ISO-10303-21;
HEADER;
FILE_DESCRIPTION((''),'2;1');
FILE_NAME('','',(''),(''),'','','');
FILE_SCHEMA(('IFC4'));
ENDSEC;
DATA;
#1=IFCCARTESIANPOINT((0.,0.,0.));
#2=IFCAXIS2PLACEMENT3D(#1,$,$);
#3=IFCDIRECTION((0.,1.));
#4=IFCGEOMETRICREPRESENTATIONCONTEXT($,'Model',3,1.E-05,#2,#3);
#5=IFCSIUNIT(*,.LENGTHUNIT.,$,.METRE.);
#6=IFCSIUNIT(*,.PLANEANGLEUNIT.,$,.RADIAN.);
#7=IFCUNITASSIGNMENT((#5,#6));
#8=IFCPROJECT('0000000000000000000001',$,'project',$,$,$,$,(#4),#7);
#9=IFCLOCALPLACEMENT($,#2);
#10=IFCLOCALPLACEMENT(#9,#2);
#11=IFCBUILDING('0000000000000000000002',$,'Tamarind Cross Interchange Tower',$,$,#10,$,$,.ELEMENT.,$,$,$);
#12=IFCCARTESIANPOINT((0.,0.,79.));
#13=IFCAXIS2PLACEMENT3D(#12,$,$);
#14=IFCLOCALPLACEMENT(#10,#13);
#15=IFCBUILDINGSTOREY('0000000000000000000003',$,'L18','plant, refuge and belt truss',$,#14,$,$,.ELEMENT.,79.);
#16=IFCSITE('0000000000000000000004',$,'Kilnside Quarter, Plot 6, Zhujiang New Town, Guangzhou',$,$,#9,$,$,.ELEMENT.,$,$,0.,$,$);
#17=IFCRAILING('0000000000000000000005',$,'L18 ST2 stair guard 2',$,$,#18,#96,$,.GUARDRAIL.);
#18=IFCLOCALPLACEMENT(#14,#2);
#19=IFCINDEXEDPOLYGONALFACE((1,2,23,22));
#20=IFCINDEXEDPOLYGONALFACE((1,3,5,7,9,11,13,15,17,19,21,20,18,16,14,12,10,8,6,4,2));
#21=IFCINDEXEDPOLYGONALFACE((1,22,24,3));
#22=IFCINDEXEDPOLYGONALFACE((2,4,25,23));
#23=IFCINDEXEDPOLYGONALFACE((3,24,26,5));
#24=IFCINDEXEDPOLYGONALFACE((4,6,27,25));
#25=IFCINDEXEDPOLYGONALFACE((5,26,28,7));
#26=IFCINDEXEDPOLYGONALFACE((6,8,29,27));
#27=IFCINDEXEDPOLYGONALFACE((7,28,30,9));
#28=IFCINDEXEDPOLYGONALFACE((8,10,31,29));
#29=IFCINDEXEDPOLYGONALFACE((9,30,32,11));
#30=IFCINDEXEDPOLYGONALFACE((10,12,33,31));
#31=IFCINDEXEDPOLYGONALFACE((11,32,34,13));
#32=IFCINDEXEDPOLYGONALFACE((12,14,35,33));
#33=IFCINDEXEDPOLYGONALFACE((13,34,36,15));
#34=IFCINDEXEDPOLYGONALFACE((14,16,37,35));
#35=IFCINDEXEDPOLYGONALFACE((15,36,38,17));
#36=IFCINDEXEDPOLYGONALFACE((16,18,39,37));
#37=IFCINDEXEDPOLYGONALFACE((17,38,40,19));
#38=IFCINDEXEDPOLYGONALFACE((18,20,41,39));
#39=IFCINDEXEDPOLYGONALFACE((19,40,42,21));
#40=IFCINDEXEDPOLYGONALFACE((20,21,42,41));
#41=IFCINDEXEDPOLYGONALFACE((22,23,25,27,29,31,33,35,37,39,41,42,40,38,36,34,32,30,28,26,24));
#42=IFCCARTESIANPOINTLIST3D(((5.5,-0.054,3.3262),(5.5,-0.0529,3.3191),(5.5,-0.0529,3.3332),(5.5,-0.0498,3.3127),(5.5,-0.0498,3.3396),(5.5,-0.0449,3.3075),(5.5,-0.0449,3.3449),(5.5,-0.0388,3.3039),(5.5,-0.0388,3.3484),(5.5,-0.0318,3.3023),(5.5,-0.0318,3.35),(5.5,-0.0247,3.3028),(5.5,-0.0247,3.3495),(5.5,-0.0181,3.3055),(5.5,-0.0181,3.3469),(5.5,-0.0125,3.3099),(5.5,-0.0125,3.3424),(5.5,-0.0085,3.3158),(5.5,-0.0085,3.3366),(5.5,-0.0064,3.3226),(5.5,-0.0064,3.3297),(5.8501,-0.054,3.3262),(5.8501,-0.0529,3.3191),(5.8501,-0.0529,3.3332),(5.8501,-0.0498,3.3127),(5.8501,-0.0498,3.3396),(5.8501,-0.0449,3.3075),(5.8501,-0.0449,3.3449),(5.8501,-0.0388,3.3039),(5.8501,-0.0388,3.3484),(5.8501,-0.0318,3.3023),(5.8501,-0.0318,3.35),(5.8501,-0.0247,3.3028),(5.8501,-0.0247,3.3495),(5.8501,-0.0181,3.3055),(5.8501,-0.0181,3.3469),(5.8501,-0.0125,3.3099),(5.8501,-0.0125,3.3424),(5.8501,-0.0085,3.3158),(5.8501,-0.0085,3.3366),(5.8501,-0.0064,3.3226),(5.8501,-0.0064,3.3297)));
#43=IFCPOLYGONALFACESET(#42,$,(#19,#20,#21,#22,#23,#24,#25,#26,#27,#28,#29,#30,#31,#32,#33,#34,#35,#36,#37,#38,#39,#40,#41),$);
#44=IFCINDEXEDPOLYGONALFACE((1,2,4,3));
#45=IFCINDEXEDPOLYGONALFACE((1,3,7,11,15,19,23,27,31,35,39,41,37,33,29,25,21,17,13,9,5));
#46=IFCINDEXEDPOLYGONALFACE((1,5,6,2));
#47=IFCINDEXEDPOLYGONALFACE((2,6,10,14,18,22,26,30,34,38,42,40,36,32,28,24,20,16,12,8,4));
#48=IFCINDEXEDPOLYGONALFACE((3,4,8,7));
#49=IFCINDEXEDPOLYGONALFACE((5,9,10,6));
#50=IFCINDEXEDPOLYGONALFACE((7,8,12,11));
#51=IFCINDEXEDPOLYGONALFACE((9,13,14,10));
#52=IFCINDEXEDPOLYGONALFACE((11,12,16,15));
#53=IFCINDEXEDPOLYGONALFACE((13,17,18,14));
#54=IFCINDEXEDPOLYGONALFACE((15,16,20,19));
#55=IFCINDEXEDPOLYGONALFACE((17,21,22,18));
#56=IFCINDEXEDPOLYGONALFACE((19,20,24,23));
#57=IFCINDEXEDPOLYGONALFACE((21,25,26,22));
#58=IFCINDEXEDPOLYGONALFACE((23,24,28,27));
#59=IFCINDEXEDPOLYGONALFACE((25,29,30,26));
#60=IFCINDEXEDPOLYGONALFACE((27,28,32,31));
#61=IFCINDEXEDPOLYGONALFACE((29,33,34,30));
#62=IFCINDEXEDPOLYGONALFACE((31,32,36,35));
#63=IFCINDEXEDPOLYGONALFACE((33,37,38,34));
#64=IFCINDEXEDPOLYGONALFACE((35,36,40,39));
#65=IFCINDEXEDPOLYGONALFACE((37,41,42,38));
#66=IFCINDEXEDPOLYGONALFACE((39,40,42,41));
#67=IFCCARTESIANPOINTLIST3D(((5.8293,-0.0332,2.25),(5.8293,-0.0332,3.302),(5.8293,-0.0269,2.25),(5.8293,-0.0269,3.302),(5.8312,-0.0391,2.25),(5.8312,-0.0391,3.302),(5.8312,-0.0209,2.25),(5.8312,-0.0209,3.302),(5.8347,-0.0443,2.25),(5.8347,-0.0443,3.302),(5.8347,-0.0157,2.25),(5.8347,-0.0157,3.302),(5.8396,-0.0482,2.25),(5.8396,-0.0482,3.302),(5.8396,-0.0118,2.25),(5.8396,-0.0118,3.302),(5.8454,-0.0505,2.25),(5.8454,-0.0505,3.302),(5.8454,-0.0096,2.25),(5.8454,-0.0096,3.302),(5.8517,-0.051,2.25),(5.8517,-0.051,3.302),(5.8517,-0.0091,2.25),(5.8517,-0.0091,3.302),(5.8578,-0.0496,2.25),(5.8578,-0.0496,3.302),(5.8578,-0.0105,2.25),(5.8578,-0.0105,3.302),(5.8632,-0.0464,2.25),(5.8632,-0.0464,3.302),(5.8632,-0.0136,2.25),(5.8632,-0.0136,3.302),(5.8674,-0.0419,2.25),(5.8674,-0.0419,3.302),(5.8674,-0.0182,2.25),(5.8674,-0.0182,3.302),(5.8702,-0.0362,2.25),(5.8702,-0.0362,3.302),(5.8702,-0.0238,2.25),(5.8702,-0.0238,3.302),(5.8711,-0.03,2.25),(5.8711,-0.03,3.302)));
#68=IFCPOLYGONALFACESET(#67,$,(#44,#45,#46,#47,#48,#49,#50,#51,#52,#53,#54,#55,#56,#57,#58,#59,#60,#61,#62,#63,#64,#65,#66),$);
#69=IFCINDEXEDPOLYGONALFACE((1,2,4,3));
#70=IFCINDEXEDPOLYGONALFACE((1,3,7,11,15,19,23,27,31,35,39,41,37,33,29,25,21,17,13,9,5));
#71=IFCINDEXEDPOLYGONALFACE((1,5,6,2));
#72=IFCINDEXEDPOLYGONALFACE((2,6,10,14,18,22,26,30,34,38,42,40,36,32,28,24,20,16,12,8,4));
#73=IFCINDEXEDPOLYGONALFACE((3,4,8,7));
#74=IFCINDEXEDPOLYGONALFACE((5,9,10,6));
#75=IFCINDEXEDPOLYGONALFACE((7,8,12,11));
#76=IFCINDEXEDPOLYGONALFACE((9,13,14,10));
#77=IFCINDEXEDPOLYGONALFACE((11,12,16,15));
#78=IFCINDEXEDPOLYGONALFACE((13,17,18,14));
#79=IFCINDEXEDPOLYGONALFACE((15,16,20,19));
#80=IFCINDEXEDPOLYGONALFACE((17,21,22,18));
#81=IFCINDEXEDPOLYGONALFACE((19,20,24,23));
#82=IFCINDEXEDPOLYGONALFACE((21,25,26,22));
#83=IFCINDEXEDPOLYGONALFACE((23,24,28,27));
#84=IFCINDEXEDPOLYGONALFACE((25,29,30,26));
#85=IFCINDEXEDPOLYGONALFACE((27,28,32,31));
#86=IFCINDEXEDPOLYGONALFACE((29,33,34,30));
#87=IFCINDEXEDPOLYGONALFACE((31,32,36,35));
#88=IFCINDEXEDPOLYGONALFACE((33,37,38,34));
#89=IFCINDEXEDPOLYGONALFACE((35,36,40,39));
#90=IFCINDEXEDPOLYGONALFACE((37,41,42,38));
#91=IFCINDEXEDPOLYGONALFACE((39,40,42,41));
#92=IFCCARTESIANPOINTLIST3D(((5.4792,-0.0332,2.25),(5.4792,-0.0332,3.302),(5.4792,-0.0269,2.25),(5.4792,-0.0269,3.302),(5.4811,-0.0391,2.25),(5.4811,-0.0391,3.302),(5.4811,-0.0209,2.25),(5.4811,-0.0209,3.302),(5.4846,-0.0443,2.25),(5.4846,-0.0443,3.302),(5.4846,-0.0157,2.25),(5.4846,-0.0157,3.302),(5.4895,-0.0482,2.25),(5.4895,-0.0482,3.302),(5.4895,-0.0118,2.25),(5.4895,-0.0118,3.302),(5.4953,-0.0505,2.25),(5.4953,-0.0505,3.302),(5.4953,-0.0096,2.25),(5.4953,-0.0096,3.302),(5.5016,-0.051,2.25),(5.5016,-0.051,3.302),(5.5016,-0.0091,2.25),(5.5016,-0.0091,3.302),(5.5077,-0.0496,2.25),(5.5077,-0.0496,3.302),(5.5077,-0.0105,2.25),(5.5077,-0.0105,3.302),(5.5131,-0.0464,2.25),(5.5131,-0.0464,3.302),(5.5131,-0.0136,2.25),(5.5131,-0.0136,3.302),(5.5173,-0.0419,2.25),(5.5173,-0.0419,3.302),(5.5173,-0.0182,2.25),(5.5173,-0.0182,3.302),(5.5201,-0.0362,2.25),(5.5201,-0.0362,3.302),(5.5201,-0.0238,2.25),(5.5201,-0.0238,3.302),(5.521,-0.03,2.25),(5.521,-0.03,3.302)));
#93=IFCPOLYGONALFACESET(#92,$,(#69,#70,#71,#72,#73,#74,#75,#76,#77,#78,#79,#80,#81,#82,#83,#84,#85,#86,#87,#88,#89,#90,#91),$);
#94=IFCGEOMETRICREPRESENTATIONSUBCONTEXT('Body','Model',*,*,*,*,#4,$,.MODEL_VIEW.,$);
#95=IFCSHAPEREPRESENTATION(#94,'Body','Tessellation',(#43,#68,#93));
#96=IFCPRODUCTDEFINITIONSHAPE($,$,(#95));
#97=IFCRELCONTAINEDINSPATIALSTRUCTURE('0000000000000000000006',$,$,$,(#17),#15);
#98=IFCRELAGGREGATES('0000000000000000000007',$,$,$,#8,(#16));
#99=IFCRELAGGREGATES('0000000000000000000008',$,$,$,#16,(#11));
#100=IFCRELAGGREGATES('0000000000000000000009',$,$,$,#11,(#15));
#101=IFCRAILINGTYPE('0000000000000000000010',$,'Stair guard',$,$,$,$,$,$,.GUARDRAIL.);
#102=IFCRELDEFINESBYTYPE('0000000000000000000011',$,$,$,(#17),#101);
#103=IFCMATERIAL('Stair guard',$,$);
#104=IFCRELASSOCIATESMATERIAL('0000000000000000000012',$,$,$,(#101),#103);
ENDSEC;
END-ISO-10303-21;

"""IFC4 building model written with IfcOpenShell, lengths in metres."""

from ifc_helpers import new_model, si_unit, direction, frame, origin, origin_2d, place, context, subcontext, project, spatial, circle, extrude, material, type_object, element, save


model = new_model("IFC4")

# Units and contexts
model_context = context("Model", 3, precision=1e-05, world=origin(), true_north=direction((0.0, 1.0)))
body_context = subcontext(model_context, "Body", "Model", "MODEL_VIEW")
ifc_project = project(units=[si_unit("LENGTHUNIT", "METRE"), si_unit("PLANEANGLEUNIT", "RADIAN")], contexts=[model_context])

# Site, building, storey
site_placement = place(None, origin())
site = spatial("IfcSite", under=ifc_project, at=site_placement, Name="Kilnside Quarter, Plot 6, Zhujiang New Town, Guangzhou", CompositionType="ELEMENT", RefElevation=0.0)
building_placement = place(site_placement, origin())
building = spatial("IfcBuilding", under=site, at=building_placement, Name="Tamarind Cross Interchange Tower", CompositionType="ELEMENT")
storey_placement = place(building_placement, frame((0.0, 0.0, 79.0)))
storey = spatial("IfcBuildingStorey", under=building, at=storey_placement, Name="L18", Description="plant, refuge and belt truss", CompositionType="ELEMENT", Elevation=79.0)

# Railing
ifc_material_1 = material(Name="Stair guard")
railing_type_1 = type_object("IfcRailingType", Name="Stair guard", PredefinedType="GUARDRAIL", material=ifc_material_1)
railing_1_placement = place(storey_placement, frame((5.8501, -0.03, 2.25)))
element("IfcRailing", 1, at=railing_1_placement, inside=storey, type_object=railing_type_1, Name="L18 ST2 stair guard 2", PredefinedType="GUARDRAIL", context=body_context, shape_type="SweptSolid", body=[
    extrude(circle(Radius=0.0239, at=origin_2d()), frame((0.0, 0.0, 1.0762), z_axis=(-1.0, 0.0, 0.0), x_axis=(0.0, -1.0, 0.0)), (0.0, 0.0, 1.0), 0.3501),
    extrude(circle(Radius=0.021, at=origin_2d()), origin(), (0.0, 0.0, 1.0), 1.052),
    extrude(circle(Radius=0.021, at=origin_2d()), frame((-0.3501, 0.0, 0.0)), (0.0, 0.0, 1.0), 1.052),
])

save(model, "model.ifc")
